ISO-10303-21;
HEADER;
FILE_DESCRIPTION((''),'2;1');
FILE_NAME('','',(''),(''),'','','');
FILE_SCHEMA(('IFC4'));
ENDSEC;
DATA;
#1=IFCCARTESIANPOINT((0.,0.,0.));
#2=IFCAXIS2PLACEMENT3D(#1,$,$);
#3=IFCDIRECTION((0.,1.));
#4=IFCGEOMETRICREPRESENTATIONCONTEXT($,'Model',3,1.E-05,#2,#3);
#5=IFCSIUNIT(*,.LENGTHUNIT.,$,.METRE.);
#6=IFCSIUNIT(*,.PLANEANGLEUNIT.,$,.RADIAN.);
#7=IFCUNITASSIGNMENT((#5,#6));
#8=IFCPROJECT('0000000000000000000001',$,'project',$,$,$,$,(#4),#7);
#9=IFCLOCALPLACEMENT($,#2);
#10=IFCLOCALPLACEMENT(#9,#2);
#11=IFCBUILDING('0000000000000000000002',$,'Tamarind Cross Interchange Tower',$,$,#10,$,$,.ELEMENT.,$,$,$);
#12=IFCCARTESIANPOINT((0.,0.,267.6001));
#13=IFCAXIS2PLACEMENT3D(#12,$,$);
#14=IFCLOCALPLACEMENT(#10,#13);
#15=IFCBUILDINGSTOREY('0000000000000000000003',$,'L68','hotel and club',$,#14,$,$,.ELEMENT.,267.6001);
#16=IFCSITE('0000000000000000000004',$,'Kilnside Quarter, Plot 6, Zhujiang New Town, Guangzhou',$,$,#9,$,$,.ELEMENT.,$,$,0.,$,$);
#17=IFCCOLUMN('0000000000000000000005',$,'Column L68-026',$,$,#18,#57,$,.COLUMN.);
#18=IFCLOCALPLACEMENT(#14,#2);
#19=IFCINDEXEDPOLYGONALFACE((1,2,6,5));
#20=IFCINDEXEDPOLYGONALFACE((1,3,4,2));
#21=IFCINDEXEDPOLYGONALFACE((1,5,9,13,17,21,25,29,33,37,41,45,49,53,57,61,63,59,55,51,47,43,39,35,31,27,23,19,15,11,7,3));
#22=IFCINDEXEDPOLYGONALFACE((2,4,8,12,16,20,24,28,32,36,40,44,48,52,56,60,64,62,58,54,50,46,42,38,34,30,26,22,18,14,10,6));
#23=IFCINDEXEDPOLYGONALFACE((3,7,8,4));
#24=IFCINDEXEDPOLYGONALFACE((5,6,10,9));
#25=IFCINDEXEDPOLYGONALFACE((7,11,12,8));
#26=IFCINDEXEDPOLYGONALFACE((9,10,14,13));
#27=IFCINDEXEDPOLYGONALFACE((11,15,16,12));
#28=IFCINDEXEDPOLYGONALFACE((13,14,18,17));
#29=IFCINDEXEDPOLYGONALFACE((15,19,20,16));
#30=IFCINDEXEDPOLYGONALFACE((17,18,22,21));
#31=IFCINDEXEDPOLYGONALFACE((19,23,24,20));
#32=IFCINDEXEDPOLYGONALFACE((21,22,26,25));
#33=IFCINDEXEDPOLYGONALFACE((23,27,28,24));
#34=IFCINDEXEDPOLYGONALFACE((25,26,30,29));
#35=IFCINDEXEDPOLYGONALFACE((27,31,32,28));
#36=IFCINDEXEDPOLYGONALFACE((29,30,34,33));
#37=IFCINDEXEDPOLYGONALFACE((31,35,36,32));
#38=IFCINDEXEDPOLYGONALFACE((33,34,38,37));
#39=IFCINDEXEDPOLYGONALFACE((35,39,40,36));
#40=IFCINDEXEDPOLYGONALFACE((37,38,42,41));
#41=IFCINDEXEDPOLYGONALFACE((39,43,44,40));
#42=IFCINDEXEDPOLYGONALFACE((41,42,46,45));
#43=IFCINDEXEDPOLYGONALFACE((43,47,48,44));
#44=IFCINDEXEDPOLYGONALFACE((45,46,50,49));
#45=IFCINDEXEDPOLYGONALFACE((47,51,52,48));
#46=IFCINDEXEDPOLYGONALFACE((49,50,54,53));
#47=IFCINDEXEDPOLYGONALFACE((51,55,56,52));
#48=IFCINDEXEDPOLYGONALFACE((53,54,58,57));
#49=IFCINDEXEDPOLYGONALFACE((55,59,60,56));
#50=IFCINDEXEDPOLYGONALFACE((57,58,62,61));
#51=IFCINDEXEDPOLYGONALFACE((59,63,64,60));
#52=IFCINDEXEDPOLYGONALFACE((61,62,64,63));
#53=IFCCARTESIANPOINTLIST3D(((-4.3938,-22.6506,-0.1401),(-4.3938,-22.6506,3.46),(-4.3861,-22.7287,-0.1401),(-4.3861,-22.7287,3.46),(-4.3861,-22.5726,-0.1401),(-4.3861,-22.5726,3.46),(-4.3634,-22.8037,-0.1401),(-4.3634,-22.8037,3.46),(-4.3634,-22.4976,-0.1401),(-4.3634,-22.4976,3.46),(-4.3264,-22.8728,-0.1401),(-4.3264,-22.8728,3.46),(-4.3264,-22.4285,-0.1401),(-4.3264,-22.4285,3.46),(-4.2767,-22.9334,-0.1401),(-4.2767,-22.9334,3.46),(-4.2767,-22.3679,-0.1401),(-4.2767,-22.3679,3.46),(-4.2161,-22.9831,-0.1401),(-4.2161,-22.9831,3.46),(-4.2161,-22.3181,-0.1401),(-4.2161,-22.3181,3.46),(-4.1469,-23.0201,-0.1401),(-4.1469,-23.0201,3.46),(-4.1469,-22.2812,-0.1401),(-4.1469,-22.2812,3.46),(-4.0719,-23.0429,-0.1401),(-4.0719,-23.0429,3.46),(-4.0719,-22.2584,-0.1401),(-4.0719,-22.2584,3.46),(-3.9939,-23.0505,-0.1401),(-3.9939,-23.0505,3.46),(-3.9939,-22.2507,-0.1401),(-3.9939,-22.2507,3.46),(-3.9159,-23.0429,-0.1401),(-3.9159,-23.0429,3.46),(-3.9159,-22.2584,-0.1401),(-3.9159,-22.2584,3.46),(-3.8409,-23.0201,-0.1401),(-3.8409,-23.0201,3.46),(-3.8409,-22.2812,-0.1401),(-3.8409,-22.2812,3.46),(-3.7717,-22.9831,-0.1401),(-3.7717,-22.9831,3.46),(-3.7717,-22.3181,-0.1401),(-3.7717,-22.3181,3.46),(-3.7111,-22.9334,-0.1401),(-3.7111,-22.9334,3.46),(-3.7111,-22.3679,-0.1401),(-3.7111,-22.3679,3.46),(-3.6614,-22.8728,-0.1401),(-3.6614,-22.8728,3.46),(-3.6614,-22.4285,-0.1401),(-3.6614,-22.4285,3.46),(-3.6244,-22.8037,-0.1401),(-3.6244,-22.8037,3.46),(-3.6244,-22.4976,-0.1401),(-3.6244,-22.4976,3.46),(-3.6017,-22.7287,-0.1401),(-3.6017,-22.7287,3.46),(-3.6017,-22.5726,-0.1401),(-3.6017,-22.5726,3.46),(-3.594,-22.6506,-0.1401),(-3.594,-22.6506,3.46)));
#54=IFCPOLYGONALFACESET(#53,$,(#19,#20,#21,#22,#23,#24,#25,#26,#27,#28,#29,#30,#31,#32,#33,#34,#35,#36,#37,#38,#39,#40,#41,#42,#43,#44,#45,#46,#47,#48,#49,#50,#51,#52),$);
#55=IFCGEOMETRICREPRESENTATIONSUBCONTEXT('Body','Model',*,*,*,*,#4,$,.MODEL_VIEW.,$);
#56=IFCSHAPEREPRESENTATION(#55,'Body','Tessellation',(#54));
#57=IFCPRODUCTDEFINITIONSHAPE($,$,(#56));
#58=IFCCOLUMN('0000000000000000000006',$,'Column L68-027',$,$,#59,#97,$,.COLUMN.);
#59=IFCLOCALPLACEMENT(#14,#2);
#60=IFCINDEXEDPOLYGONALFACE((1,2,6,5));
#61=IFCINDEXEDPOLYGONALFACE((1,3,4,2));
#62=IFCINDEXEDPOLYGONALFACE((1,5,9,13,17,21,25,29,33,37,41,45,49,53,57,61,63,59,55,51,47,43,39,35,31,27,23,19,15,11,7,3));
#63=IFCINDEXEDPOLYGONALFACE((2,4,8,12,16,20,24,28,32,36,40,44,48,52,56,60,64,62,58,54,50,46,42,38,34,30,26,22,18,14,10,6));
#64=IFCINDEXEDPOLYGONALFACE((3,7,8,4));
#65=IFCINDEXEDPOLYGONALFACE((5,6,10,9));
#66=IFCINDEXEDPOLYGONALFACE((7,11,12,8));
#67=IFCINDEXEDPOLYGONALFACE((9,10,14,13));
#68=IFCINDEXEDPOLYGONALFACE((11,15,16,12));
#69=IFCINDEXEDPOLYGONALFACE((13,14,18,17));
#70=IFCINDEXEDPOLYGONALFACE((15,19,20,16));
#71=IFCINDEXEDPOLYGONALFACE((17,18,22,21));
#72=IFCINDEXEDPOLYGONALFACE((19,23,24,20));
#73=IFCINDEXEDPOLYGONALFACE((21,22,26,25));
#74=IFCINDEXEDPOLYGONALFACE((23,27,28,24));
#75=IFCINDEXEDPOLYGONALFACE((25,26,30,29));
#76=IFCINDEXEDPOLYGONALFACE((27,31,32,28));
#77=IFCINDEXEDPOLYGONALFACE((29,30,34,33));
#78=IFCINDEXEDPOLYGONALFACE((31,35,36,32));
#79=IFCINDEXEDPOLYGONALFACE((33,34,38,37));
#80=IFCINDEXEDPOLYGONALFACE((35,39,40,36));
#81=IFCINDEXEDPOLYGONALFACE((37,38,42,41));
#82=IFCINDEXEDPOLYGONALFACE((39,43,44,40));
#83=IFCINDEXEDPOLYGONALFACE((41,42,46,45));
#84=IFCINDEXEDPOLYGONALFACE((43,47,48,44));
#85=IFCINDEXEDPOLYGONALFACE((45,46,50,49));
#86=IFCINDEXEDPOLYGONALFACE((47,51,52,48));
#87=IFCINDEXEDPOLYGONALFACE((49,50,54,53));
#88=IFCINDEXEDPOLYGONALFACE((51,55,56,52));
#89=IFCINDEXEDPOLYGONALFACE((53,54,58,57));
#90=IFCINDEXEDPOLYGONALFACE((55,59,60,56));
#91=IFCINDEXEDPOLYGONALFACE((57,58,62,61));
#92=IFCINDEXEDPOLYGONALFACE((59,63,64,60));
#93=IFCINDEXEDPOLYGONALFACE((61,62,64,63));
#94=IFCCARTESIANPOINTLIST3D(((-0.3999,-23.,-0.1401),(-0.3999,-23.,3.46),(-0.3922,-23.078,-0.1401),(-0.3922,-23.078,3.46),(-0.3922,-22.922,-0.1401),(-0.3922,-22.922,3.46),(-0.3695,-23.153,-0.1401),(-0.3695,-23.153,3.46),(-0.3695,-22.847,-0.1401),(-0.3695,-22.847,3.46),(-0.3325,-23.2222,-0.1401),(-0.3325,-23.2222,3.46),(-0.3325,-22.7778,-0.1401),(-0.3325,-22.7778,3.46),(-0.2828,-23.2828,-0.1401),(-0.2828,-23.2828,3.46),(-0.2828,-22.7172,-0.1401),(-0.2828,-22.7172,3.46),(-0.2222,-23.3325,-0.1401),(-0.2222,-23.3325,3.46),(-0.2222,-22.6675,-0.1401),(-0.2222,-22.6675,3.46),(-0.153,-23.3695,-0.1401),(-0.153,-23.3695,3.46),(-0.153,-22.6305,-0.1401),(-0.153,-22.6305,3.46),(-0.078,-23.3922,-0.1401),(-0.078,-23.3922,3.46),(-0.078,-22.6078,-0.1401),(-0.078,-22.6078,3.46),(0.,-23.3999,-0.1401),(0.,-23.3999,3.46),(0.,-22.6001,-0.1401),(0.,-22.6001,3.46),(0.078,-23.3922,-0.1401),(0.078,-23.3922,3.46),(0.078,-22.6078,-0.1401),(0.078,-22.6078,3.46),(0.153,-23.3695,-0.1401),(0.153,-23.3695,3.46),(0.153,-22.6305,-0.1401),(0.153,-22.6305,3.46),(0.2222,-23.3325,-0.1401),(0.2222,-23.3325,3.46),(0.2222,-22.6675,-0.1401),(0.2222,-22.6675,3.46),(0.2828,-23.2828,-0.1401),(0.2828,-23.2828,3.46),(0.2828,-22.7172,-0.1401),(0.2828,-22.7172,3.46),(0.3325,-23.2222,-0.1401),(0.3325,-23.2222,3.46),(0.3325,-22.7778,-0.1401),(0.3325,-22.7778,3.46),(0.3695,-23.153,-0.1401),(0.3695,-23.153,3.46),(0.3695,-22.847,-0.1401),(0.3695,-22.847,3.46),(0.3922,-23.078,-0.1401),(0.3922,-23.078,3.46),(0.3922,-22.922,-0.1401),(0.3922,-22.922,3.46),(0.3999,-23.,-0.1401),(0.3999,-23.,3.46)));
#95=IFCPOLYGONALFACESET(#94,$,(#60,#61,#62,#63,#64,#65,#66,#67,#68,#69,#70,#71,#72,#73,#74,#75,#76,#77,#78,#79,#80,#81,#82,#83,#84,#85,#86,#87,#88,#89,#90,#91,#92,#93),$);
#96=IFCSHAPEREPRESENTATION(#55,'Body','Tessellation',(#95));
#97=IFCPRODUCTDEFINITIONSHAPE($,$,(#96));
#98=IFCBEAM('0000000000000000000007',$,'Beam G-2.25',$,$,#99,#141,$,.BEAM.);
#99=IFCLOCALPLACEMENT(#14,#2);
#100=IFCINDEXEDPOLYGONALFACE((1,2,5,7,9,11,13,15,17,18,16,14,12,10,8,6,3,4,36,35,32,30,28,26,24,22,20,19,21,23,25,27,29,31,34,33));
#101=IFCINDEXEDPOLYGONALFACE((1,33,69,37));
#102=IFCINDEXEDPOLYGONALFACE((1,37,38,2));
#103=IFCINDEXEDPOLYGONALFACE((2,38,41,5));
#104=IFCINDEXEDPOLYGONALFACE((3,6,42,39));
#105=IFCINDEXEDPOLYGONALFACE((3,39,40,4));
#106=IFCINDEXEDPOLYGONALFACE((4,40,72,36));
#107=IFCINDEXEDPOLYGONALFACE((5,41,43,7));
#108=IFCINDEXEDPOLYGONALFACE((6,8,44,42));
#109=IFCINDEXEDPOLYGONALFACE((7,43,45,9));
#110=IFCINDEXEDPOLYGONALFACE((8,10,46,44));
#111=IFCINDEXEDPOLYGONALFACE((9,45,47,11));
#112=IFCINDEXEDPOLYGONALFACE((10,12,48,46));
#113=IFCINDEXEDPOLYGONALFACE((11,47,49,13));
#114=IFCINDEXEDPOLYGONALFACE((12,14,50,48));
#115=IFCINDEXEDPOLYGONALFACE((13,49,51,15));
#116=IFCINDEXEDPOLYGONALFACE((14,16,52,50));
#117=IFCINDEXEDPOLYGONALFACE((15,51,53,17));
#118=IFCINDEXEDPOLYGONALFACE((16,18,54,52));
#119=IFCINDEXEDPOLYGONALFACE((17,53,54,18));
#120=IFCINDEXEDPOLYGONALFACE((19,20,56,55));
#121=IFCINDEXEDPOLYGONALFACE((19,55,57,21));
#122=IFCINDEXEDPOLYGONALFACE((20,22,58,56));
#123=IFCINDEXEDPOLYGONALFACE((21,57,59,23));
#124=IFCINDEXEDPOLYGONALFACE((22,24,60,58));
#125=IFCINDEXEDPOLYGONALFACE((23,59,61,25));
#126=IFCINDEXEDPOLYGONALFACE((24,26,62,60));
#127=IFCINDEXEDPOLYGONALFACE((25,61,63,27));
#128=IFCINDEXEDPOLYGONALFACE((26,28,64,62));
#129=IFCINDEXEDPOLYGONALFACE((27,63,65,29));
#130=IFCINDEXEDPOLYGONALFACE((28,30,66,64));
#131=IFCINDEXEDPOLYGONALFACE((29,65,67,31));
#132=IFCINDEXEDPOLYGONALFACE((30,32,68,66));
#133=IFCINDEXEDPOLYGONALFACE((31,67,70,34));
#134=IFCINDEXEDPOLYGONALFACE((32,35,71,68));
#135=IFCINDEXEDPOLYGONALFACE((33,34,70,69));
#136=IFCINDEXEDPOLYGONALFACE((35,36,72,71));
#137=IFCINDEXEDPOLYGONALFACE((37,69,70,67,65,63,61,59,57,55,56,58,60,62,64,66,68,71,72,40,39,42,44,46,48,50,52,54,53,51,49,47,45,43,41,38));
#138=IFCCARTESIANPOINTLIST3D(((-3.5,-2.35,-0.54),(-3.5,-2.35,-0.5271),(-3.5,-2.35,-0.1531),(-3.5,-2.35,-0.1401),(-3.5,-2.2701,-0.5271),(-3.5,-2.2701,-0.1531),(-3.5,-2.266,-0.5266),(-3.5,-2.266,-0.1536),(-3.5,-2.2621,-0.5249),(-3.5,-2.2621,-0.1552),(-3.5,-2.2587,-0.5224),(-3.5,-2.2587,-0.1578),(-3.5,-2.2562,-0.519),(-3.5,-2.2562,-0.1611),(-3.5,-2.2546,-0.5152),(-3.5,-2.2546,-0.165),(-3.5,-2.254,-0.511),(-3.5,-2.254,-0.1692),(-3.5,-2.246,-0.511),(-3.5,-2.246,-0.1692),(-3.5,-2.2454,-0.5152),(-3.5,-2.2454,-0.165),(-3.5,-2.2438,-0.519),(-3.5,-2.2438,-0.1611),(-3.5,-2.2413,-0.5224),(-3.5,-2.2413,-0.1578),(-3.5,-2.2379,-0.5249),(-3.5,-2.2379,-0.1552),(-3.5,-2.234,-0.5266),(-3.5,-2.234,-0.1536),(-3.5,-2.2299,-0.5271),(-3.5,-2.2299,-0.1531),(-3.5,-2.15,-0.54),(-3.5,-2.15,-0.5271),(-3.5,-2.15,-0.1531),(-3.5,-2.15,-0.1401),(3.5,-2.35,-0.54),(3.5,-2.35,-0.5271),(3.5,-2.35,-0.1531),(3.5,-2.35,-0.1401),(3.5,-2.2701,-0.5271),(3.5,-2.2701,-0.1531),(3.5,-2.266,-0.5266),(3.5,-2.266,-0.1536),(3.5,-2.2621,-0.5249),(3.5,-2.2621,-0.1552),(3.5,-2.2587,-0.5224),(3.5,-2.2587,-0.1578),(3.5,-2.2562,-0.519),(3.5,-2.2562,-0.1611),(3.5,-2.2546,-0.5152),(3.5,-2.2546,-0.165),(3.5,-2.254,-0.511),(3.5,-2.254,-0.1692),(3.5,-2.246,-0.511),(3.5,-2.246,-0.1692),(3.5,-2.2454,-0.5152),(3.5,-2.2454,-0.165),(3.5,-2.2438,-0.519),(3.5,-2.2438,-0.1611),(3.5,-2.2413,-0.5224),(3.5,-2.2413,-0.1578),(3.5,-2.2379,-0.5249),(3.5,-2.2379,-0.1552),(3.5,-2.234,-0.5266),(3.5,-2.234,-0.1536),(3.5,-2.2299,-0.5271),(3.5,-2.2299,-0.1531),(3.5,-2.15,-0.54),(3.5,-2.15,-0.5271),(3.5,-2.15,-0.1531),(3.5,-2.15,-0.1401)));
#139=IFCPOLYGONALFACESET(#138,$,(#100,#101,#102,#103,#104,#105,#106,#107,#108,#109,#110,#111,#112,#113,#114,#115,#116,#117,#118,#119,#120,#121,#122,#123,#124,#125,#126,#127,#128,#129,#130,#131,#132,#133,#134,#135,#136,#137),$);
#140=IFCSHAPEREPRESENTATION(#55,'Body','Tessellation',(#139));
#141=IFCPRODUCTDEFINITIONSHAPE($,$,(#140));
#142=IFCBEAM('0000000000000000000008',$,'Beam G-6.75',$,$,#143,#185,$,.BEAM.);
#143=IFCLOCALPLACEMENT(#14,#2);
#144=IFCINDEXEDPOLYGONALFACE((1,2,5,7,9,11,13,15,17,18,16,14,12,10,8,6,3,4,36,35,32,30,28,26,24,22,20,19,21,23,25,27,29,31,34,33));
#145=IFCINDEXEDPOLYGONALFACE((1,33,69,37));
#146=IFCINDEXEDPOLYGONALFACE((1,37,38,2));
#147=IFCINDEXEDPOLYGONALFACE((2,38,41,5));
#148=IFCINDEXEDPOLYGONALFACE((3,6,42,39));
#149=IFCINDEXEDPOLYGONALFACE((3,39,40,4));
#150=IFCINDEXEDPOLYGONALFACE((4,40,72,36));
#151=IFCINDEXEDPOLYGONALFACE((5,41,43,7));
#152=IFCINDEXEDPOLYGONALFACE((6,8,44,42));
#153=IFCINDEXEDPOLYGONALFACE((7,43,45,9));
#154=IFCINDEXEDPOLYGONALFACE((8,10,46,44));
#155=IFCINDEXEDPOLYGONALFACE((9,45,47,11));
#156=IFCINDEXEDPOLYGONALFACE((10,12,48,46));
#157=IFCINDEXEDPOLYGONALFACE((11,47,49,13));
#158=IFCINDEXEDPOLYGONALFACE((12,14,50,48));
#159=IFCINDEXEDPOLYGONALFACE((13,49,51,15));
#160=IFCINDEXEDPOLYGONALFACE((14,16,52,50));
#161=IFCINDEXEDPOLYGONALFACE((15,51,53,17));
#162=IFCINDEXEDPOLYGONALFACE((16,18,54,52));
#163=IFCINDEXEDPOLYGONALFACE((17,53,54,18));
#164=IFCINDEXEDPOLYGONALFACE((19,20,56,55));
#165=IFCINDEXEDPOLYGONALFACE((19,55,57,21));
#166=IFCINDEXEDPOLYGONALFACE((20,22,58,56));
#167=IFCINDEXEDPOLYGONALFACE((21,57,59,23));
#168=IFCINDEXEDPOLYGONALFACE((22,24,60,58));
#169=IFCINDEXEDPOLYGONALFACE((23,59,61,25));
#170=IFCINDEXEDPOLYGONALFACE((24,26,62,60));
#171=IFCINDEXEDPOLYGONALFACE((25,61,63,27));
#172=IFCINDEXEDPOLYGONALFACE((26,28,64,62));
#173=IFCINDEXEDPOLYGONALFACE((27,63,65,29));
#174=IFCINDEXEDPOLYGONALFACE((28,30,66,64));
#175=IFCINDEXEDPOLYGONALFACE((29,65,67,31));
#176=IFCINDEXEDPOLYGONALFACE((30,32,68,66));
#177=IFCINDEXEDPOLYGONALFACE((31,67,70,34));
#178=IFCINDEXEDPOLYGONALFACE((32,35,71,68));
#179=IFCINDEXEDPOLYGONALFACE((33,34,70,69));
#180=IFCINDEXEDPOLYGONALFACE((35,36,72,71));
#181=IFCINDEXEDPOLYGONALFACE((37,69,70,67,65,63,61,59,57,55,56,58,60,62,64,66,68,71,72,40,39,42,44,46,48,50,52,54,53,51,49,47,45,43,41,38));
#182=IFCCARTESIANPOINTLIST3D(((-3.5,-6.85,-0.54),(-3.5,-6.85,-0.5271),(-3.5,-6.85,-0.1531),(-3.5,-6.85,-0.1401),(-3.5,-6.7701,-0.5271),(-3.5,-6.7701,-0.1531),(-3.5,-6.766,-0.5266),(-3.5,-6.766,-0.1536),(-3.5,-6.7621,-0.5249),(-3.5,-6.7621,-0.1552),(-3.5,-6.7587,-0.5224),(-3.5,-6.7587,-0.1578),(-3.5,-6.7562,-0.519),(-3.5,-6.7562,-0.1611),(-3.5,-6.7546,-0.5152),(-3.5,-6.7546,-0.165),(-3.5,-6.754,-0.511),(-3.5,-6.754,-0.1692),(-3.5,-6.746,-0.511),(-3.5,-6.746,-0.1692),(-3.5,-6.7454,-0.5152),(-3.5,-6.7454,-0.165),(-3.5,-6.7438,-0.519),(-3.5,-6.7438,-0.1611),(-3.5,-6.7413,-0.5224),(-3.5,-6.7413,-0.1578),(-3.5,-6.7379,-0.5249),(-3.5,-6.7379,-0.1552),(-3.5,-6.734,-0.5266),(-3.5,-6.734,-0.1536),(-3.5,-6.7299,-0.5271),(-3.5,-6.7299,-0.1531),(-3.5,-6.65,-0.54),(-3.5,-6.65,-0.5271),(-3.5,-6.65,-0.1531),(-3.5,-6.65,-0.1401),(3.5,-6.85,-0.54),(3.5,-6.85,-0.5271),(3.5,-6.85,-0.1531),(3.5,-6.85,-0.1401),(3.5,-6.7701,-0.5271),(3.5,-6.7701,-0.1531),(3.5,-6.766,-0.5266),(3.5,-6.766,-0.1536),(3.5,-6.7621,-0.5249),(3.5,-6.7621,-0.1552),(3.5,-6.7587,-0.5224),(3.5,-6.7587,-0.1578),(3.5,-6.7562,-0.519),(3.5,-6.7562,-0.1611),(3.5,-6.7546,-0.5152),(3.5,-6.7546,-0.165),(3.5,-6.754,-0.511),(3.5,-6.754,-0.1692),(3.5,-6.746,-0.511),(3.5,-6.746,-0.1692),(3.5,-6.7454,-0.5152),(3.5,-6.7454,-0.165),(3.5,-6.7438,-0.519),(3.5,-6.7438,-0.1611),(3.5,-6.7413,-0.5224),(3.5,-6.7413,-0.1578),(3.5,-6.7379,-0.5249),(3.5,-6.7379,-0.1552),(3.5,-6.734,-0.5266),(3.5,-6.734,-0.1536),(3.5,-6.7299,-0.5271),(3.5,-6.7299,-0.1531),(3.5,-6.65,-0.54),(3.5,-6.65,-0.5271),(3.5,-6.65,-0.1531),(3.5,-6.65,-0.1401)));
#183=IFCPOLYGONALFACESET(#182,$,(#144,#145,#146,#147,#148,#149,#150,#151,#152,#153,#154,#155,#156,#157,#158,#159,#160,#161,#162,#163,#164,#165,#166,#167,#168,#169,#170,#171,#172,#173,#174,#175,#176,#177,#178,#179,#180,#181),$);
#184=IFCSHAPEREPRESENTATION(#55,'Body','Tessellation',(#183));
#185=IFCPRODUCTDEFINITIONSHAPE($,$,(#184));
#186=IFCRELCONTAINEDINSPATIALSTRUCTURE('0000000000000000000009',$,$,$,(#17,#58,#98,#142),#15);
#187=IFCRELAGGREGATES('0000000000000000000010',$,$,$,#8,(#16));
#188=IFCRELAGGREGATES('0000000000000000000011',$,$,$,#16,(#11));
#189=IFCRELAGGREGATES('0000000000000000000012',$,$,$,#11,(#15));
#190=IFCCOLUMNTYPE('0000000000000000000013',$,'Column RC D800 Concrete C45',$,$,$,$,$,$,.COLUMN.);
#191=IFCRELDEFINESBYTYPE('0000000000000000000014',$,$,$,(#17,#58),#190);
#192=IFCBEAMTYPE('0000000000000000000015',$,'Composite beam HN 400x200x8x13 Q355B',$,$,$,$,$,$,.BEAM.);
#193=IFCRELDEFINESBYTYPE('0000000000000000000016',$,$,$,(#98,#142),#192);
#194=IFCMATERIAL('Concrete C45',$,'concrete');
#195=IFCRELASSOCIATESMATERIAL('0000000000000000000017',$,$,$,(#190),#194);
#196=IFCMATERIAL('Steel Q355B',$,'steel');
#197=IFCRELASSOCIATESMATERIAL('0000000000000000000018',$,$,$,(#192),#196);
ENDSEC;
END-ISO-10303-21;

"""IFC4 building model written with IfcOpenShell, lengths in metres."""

from ifc_helpers import new_model, si_unit, direction, frame, origin, origin_2d, place, context, subcontext, project, spatial, circle, i_section, extrude, material, material_profile, profile_set, type_object, element, save


model = new_model("IFC4")

# Units and contexts
model_context = context("Model", 3, precision=1e-05, world=origin(), true_north=direction((0.0, 1.0)))
body_context = subcontext(model_context, "Body", "Model", "MODEL_VIEW")
ifc_project = project(units=[si_unit("LENGTHUNIT", "METRE"), si_unit("PLANEANGLEUNIT", "RADIAN")], contexts=[model_context])

# Site, building, storey
site_placement = place(None, origin())
site = spatial("IfcSite", under=ifc_project, at=site_placement, Name="Kilnside Quarter, Plot 6, Zhujiang New Town, Guangzhou", CompositionType="ELEMENT", RefElevation=0.0)
building_placement = place(site_placement, origin())
building = spatial("IfcBuilding", under=site, at=building_placement, Name="Tamarind Cross Interchange Tower", CompositionType="ELEMENT")
storey_placement = place(building_placement, frame((0.0, 0.0, 267.6001)))
storey = spatial("IfcBuildingStorey", under=building, at=storey_placement, Name="L68", Description="hotel and club", CompositionType="ELEMENT", Elevation=267.6001)

# Columns
ifc_material_1 = material(Name="Concrete C45", Category="concrete")
ifc_material_profile_1 = material_profile(ifc_material_1, circle(Radius=0.3999, at=origin_2d()), Name="RC D800")
ifc_profile_set_1 = profile_set([ifc_material_profile_1], Name="Concrete C45")
column_type = type_object("IfcColumnType", Name="Column RC D800 Concrete C45", PredefinedType="COLUMN", material=ifc_profile_set_1)
for number, where, z_axis, x_axis, name in (
    (1, (-3.9939, -22.6506, -0.1401), (0.0, 0.0, 1.0), (1.0, 0.0, 0.0), "Column L68-026"),
    (2, (0.0, -23.0, -0.1401), (0.0, 0.0, 1.0), (1.0, 0.0, 0.0), "Column L68-027"),
):
    element("IfcColumn", number, at=place(storey_placement, frame(where, z_axis=z_axis, x_axis=x_axis)), inside=storey, type_object=column_type, Name=name, PredefinedType="COLUMN", context=body_context, shape_type="SweptSolid", body=[
        extrude(circle(Radius=0.3999, at=origin_2d()), origin(), (0.0, 0.0, 1.0), 3.6001),
    ])

# Beams
ifc_material_2 = material(Name="Steel Q355B", Category="steel")
ifc_material_profile_2 = material_profile(ifc_material_2, i_section(OverallWidth=0.2, OverallDepth=0.3999, WebThickness=0.0081, FlangeThickness=0.0129, FilletRadius=0.0161, at=origin_2d()), Name="HN 400x200x8x13")
ifc_profile_set_2 = profile_set([ifc_material_profile_2], Name="Steel Q355B")
beam_type_1 = type_object("IfcBeamType", Name="Composite beam HN 400x200x8x13 Q355B", PredefinedType="BEAM", material=ifc_profile_set_2)
for number, where, z_axis, x_axis, name in (
    (3, (-3.5, -2.25, -0.3401), (1.0, 0.0, 0.0), (0.0, 1.0, 0.0), "Beam G-2.25"),
    (4, (-3.5, -6.75, -0.3401), (1.0, 0.0, 0.0), (0.0, 1.0, 0.0), "Beam G-6.75"),
):
    element("IfcBeam", number, at=place(storey_placement, frame(where, z_axis=z_axis, x_axis=x_axis)), inside=storey, type_object=beam_type_1, Name=name, PredefinedType="BEAM", context=body_context, shape_type="SweptSolid", body=[
        extrude(i_section(OverallWidth=0.2, OverallDepth=0.3999, WebThickness=0.0081, FlangeThickness=0.0129, FilletRadius=0.0161, at=origin_2d()), origin(), (0.0, 0.0, 1.0), 7.0),
    ])

save(model, "model.ifc")
